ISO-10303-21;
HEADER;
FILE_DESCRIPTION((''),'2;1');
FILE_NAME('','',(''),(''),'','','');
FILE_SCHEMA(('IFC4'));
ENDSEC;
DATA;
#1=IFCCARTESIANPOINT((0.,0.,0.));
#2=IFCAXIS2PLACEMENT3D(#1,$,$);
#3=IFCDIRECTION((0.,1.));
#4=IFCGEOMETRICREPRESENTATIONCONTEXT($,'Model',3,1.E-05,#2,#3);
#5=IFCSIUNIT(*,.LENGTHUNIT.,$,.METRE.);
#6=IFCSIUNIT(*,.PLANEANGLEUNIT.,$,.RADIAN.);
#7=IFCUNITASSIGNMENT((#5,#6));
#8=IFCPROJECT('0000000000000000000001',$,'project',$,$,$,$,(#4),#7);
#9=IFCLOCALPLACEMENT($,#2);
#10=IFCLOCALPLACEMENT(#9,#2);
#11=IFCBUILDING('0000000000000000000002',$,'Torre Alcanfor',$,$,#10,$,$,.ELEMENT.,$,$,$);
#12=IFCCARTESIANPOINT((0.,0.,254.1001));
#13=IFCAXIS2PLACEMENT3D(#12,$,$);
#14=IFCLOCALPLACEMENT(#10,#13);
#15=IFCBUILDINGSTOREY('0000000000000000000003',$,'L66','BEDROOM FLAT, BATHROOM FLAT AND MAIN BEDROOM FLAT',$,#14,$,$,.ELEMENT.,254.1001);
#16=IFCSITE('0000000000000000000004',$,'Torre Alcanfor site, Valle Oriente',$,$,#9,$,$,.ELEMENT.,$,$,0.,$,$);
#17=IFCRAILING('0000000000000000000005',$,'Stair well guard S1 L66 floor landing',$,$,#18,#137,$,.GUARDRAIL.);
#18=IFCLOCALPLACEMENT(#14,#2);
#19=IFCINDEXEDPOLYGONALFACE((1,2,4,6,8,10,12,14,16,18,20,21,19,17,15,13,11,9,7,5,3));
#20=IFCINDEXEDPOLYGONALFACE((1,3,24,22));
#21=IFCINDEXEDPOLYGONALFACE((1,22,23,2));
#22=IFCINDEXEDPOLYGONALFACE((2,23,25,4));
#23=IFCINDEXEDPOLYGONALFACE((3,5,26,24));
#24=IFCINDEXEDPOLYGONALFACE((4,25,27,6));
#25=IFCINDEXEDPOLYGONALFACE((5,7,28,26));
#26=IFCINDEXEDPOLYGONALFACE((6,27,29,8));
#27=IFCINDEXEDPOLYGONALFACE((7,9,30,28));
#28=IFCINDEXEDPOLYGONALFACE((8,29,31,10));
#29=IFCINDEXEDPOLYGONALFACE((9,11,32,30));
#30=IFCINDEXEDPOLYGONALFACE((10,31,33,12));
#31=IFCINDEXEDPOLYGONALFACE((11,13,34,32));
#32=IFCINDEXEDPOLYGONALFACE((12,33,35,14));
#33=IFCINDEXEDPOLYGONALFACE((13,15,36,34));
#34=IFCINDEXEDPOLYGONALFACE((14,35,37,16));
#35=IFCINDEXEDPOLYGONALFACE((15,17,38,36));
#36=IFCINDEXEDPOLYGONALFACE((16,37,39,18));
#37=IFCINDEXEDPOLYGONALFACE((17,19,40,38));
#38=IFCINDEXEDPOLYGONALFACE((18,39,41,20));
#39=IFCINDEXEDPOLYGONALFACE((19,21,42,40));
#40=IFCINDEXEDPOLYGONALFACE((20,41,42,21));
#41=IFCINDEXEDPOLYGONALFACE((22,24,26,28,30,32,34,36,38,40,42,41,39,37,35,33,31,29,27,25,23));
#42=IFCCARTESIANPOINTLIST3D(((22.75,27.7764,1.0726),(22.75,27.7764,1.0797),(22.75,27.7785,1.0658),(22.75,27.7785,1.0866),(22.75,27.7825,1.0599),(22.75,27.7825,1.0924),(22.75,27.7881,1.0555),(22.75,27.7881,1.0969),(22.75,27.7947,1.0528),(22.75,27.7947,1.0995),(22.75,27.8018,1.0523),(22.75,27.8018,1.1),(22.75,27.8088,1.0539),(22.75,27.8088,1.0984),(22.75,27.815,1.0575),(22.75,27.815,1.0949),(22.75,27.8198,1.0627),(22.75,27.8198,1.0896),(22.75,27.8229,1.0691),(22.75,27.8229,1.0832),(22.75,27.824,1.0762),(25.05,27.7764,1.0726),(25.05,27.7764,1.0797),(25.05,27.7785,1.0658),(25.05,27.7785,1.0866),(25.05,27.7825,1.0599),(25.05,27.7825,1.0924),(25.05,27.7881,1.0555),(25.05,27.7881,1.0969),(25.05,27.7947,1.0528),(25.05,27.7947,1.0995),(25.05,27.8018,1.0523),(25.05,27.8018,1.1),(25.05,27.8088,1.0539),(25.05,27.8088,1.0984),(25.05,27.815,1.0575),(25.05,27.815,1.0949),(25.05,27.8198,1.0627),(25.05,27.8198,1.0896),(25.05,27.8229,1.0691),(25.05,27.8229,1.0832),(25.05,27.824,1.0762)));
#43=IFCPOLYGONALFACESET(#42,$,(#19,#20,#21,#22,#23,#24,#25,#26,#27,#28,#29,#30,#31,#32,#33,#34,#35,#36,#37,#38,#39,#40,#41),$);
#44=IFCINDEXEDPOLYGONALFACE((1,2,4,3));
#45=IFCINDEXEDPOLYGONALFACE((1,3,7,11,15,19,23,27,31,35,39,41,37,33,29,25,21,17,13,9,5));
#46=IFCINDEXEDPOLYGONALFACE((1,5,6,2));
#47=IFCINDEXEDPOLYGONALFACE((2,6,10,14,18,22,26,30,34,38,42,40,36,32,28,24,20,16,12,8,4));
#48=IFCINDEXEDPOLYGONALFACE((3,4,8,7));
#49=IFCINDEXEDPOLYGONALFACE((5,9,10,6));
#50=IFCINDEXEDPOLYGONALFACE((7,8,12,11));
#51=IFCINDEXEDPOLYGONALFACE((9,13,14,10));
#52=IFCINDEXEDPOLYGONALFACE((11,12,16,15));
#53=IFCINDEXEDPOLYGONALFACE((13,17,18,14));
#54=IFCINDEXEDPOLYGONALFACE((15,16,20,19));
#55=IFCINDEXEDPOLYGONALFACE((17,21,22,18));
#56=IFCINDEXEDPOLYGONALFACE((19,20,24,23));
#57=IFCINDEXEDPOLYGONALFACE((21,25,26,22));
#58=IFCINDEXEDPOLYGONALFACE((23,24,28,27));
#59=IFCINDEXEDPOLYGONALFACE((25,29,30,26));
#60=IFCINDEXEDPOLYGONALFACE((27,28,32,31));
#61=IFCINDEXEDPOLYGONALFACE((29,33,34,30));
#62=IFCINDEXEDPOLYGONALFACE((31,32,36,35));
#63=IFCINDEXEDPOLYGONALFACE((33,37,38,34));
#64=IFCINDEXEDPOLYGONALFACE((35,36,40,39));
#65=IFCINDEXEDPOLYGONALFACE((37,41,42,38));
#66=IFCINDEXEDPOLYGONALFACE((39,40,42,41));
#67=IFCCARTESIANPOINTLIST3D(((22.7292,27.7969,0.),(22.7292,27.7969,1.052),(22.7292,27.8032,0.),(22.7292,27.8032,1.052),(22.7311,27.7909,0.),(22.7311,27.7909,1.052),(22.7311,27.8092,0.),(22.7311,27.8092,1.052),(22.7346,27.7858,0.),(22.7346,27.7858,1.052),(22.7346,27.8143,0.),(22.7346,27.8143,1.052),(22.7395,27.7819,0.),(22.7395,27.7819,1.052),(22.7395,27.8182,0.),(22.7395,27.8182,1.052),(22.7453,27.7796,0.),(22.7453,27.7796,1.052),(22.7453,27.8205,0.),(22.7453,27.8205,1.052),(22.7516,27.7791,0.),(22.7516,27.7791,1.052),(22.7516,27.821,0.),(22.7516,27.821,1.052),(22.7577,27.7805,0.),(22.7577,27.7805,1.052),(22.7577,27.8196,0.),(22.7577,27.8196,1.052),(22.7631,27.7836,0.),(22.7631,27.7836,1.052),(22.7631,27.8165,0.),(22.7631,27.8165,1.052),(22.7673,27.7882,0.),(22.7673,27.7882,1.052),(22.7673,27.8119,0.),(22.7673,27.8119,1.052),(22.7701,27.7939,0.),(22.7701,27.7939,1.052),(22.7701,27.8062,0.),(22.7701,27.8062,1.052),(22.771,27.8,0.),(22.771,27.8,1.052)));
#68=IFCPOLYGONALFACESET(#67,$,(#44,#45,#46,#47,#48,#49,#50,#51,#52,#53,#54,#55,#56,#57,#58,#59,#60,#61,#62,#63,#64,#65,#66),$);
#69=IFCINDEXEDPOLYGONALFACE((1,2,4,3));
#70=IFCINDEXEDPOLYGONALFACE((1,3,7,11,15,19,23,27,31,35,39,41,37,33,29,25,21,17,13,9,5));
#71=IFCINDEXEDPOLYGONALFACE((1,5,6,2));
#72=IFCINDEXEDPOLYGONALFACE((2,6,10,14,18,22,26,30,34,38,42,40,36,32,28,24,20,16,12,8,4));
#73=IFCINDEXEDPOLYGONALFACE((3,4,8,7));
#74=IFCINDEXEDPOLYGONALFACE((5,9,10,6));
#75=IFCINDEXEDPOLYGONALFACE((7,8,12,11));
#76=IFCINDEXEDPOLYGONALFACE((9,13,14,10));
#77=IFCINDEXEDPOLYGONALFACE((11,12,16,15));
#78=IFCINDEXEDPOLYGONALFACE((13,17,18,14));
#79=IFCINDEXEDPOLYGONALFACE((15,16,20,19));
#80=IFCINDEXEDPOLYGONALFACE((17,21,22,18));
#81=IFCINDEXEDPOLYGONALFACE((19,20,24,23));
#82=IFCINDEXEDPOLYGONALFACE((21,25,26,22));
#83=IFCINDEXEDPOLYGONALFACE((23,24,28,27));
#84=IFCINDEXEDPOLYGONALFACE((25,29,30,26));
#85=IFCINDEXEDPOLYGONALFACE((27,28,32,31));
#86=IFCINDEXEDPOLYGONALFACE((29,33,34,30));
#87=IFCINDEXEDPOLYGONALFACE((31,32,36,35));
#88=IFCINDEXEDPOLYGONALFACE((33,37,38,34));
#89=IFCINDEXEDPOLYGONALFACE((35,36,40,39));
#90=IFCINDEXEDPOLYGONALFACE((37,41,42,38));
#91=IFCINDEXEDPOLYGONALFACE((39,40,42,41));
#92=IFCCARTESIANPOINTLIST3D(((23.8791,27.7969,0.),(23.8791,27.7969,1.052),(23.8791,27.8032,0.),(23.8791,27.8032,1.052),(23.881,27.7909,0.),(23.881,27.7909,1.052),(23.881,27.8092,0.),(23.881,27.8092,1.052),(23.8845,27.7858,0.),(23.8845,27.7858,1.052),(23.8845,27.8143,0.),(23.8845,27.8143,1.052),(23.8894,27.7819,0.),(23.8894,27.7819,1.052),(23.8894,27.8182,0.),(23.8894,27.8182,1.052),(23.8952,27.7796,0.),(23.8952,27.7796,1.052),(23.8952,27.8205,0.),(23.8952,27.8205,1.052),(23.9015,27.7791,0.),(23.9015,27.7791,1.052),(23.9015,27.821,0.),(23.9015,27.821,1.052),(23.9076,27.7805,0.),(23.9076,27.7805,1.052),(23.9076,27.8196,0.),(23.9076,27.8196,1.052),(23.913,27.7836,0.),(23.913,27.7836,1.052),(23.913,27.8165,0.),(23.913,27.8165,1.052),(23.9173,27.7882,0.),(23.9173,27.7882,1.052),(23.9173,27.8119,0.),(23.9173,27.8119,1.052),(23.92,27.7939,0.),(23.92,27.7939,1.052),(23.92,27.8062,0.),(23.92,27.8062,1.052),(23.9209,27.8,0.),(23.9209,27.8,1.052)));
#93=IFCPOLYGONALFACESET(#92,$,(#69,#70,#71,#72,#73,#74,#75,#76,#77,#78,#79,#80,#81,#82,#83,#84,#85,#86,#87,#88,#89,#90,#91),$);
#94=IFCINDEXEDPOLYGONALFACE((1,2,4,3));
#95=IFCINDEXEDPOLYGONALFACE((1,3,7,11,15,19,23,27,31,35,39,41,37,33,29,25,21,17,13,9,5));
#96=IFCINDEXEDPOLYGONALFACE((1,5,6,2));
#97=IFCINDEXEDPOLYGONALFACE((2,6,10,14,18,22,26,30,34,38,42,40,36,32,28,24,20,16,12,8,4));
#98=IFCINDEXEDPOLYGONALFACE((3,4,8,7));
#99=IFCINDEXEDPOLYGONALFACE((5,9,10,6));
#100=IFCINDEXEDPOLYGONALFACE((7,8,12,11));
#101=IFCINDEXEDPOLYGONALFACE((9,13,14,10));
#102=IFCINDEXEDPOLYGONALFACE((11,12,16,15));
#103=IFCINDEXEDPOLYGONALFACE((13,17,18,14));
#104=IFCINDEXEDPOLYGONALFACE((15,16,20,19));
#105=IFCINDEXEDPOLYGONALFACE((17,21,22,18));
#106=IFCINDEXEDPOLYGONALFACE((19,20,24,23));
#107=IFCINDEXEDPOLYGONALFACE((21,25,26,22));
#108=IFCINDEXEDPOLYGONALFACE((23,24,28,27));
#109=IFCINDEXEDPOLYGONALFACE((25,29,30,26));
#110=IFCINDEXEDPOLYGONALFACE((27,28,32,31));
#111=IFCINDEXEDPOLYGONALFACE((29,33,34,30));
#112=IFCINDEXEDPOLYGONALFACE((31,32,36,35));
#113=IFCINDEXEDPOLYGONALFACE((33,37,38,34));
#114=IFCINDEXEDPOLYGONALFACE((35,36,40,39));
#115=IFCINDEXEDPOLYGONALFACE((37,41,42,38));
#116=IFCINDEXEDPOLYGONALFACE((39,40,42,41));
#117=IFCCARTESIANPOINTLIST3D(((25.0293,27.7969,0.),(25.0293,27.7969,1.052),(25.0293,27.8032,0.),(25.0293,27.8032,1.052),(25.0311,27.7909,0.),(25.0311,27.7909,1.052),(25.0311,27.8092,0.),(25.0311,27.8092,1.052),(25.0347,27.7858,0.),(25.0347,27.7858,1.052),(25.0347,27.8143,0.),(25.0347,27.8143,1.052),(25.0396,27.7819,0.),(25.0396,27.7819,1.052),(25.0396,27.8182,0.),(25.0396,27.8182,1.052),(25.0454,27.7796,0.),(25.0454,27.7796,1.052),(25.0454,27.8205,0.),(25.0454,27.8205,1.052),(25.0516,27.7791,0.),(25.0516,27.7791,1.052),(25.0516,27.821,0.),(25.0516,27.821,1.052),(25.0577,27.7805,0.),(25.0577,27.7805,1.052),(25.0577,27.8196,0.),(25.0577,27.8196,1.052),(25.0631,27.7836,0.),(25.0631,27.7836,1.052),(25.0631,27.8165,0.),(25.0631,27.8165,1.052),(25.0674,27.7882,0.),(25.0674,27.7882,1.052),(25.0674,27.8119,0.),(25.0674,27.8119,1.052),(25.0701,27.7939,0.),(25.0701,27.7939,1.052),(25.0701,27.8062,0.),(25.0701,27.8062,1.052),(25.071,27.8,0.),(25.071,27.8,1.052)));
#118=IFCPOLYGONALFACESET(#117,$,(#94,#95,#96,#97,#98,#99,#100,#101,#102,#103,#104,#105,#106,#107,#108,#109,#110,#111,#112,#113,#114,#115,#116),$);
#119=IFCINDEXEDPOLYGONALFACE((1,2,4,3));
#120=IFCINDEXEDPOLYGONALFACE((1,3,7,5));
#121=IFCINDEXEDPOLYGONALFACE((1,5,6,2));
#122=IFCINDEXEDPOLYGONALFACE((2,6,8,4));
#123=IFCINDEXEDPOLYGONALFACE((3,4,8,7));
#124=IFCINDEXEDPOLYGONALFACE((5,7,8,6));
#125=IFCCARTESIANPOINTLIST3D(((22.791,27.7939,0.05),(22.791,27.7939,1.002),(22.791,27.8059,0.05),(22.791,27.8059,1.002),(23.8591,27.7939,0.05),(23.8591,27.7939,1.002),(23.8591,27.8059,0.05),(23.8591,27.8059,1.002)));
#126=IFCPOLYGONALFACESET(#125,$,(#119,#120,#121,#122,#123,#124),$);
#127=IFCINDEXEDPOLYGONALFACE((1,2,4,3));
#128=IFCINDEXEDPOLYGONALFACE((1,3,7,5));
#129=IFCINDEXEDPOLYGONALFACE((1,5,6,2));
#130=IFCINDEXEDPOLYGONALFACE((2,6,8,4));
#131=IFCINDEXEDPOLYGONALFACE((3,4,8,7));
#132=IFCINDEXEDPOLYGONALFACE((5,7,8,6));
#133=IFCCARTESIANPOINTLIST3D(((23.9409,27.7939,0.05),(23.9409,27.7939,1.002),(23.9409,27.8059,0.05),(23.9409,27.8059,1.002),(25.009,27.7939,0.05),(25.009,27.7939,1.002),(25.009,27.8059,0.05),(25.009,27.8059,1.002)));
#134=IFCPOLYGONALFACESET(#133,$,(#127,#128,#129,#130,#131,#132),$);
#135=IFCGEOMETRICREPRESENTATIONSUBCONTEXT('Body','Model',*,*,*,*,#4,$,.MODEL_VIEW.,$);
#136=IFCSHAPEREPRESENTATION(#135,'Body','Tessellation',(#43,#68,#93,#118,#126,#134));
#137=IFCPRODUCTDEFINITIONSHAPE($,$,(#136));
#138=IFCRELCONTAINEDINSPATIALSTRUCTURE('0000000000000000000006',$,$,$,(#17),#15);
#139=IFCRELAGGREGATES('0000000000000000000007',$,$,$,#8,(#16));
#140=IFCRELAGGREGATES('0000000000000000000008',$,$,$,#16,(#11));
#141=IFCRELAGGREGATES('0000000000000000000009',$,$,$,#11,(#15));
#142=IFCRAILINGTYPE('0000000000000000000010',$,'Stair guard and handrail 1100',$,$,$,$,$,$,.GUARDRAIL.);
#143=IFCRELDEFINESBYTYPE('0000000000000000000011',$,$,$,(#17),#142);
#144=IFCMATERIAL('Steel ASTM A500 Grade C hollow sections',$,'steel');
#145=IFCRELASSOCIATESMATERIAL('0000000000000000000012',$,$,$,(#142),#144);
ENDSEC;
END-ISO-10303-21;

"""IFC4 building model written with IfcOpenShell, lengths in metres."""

from ifc_helpers import new_model, si_unit, direction, frame, origin, origin_2d, place, context, subcontext, project, spatial, polyline, circle, outline, extrude, material, type_object, element, save


model = new_model("IFC4")

# Units and contexts
model_context = context("Model", 3, precision=1e-05, world=origin(), true_north=direction((0.0, 1.0)))
body_context = subcontext(model_context, "Body", "Model", "MODEL_VIEW")
ifc_project = project(units=[si_unit("LENGTHUNIT", "METRE"), si_unit("PLANEANGLEUNIT", "RADIAN")], contexts=[model_context])

# Site, building, storey
site_placement = place(None, origin())
site = spatial("IfcSite", under=ifc_project, at=site_placement, Name="Torre Alcanfor site, Valle Oriente", CompositionType="ELEMENT", RefElevation=0.0)
building_placement = place(site_placement, origin())
building = spatial("IfcBuilding", under=site, at=building_placement, Name="Torre Alcanfor", CompositionType="ELEMENT")
storey_placement = place(building_placement, frame((0.0, 0.0, 254.1001)))
storey = spatial("IfcBuildingStorey", under=building, at=storey_placement, Name="L66", Description="BEDROOM FLAT, BATHROOM FLAT AND MAIN BEDROOM FLAT", CompositionType="ELEMENT", Elevation=254.1001)

# Railing
ifc_material_1 = material(Name="Steel ASTM A500 Grade C hollow sections", Category="steel")
railing_type_1 = type_object("IfcRailingType", Name="Stair guard and handrail 1100", PredefinedType="GUARDRAIL", material=ifc_material_1)
railing_1_placement = place(storey_placement, frame((22.75, 27.8, 0.0)))
element("IfcRailing", 1, at=railing_1_placement, inside=storey, type_object=railing_type_1, Name="Stair well guard S1 L66 floor landing", PredefinedType="GUARDRAIL", context=body_context, shape_type="SweptSolid", body=[
    extrude(circle(Radius=0.0239, at=origin_2d()), frame((0.0, 0.0, 1.0762), z_axis=(1.0, 0.0, 0.0), x_axis=(0.0, 1.0, 0.0)), (0.0, 0.0, 1.0), 2.3),
    extrude(circle(Radius=0.021, at=origin_2d()), origin(), (0.0, 0.0, 1.0), 1.052),
    extrude(circle(Radius=0.021, at=origin_2d()), frame((1.1499, 0.0, 0.0)), (0.0, 0.0, 1.0), 1.052),
    extrude(circle(Radius=0.021, at=origin_2d()), frame((2.3, 0.0, 0.0)), (0.0, 0.0, 1.0), 1.052),
    extrude(outline(polyline([(0.041, 0.05), (1.1091, 0.05), (1.1091, 1.002), (0.041, 1.002), (0.041, 0.05)])), frame((0.0, 0.0059, 0.0), z_axis=(0.0, -1.0, 0.0), x_axis=(1.0, 0.0, 0.0)), (0.0, 0.0, 1.0), 0.012),
    extrude(outline(polyline([(1.1909, 0.05), (2.259, 0.05), (2.259, 1.002), (1.1909, 1.002), (1.1909, 0.05)])), frame((0.0, 0.0059, 0.0), z_axis=(0.0, -1.0, 0.0), x_axis=(1.0, 0.0, 0.0)), (0.0, 0.0, 1.0), 0.012),
])

save(model, "model.ifc")
